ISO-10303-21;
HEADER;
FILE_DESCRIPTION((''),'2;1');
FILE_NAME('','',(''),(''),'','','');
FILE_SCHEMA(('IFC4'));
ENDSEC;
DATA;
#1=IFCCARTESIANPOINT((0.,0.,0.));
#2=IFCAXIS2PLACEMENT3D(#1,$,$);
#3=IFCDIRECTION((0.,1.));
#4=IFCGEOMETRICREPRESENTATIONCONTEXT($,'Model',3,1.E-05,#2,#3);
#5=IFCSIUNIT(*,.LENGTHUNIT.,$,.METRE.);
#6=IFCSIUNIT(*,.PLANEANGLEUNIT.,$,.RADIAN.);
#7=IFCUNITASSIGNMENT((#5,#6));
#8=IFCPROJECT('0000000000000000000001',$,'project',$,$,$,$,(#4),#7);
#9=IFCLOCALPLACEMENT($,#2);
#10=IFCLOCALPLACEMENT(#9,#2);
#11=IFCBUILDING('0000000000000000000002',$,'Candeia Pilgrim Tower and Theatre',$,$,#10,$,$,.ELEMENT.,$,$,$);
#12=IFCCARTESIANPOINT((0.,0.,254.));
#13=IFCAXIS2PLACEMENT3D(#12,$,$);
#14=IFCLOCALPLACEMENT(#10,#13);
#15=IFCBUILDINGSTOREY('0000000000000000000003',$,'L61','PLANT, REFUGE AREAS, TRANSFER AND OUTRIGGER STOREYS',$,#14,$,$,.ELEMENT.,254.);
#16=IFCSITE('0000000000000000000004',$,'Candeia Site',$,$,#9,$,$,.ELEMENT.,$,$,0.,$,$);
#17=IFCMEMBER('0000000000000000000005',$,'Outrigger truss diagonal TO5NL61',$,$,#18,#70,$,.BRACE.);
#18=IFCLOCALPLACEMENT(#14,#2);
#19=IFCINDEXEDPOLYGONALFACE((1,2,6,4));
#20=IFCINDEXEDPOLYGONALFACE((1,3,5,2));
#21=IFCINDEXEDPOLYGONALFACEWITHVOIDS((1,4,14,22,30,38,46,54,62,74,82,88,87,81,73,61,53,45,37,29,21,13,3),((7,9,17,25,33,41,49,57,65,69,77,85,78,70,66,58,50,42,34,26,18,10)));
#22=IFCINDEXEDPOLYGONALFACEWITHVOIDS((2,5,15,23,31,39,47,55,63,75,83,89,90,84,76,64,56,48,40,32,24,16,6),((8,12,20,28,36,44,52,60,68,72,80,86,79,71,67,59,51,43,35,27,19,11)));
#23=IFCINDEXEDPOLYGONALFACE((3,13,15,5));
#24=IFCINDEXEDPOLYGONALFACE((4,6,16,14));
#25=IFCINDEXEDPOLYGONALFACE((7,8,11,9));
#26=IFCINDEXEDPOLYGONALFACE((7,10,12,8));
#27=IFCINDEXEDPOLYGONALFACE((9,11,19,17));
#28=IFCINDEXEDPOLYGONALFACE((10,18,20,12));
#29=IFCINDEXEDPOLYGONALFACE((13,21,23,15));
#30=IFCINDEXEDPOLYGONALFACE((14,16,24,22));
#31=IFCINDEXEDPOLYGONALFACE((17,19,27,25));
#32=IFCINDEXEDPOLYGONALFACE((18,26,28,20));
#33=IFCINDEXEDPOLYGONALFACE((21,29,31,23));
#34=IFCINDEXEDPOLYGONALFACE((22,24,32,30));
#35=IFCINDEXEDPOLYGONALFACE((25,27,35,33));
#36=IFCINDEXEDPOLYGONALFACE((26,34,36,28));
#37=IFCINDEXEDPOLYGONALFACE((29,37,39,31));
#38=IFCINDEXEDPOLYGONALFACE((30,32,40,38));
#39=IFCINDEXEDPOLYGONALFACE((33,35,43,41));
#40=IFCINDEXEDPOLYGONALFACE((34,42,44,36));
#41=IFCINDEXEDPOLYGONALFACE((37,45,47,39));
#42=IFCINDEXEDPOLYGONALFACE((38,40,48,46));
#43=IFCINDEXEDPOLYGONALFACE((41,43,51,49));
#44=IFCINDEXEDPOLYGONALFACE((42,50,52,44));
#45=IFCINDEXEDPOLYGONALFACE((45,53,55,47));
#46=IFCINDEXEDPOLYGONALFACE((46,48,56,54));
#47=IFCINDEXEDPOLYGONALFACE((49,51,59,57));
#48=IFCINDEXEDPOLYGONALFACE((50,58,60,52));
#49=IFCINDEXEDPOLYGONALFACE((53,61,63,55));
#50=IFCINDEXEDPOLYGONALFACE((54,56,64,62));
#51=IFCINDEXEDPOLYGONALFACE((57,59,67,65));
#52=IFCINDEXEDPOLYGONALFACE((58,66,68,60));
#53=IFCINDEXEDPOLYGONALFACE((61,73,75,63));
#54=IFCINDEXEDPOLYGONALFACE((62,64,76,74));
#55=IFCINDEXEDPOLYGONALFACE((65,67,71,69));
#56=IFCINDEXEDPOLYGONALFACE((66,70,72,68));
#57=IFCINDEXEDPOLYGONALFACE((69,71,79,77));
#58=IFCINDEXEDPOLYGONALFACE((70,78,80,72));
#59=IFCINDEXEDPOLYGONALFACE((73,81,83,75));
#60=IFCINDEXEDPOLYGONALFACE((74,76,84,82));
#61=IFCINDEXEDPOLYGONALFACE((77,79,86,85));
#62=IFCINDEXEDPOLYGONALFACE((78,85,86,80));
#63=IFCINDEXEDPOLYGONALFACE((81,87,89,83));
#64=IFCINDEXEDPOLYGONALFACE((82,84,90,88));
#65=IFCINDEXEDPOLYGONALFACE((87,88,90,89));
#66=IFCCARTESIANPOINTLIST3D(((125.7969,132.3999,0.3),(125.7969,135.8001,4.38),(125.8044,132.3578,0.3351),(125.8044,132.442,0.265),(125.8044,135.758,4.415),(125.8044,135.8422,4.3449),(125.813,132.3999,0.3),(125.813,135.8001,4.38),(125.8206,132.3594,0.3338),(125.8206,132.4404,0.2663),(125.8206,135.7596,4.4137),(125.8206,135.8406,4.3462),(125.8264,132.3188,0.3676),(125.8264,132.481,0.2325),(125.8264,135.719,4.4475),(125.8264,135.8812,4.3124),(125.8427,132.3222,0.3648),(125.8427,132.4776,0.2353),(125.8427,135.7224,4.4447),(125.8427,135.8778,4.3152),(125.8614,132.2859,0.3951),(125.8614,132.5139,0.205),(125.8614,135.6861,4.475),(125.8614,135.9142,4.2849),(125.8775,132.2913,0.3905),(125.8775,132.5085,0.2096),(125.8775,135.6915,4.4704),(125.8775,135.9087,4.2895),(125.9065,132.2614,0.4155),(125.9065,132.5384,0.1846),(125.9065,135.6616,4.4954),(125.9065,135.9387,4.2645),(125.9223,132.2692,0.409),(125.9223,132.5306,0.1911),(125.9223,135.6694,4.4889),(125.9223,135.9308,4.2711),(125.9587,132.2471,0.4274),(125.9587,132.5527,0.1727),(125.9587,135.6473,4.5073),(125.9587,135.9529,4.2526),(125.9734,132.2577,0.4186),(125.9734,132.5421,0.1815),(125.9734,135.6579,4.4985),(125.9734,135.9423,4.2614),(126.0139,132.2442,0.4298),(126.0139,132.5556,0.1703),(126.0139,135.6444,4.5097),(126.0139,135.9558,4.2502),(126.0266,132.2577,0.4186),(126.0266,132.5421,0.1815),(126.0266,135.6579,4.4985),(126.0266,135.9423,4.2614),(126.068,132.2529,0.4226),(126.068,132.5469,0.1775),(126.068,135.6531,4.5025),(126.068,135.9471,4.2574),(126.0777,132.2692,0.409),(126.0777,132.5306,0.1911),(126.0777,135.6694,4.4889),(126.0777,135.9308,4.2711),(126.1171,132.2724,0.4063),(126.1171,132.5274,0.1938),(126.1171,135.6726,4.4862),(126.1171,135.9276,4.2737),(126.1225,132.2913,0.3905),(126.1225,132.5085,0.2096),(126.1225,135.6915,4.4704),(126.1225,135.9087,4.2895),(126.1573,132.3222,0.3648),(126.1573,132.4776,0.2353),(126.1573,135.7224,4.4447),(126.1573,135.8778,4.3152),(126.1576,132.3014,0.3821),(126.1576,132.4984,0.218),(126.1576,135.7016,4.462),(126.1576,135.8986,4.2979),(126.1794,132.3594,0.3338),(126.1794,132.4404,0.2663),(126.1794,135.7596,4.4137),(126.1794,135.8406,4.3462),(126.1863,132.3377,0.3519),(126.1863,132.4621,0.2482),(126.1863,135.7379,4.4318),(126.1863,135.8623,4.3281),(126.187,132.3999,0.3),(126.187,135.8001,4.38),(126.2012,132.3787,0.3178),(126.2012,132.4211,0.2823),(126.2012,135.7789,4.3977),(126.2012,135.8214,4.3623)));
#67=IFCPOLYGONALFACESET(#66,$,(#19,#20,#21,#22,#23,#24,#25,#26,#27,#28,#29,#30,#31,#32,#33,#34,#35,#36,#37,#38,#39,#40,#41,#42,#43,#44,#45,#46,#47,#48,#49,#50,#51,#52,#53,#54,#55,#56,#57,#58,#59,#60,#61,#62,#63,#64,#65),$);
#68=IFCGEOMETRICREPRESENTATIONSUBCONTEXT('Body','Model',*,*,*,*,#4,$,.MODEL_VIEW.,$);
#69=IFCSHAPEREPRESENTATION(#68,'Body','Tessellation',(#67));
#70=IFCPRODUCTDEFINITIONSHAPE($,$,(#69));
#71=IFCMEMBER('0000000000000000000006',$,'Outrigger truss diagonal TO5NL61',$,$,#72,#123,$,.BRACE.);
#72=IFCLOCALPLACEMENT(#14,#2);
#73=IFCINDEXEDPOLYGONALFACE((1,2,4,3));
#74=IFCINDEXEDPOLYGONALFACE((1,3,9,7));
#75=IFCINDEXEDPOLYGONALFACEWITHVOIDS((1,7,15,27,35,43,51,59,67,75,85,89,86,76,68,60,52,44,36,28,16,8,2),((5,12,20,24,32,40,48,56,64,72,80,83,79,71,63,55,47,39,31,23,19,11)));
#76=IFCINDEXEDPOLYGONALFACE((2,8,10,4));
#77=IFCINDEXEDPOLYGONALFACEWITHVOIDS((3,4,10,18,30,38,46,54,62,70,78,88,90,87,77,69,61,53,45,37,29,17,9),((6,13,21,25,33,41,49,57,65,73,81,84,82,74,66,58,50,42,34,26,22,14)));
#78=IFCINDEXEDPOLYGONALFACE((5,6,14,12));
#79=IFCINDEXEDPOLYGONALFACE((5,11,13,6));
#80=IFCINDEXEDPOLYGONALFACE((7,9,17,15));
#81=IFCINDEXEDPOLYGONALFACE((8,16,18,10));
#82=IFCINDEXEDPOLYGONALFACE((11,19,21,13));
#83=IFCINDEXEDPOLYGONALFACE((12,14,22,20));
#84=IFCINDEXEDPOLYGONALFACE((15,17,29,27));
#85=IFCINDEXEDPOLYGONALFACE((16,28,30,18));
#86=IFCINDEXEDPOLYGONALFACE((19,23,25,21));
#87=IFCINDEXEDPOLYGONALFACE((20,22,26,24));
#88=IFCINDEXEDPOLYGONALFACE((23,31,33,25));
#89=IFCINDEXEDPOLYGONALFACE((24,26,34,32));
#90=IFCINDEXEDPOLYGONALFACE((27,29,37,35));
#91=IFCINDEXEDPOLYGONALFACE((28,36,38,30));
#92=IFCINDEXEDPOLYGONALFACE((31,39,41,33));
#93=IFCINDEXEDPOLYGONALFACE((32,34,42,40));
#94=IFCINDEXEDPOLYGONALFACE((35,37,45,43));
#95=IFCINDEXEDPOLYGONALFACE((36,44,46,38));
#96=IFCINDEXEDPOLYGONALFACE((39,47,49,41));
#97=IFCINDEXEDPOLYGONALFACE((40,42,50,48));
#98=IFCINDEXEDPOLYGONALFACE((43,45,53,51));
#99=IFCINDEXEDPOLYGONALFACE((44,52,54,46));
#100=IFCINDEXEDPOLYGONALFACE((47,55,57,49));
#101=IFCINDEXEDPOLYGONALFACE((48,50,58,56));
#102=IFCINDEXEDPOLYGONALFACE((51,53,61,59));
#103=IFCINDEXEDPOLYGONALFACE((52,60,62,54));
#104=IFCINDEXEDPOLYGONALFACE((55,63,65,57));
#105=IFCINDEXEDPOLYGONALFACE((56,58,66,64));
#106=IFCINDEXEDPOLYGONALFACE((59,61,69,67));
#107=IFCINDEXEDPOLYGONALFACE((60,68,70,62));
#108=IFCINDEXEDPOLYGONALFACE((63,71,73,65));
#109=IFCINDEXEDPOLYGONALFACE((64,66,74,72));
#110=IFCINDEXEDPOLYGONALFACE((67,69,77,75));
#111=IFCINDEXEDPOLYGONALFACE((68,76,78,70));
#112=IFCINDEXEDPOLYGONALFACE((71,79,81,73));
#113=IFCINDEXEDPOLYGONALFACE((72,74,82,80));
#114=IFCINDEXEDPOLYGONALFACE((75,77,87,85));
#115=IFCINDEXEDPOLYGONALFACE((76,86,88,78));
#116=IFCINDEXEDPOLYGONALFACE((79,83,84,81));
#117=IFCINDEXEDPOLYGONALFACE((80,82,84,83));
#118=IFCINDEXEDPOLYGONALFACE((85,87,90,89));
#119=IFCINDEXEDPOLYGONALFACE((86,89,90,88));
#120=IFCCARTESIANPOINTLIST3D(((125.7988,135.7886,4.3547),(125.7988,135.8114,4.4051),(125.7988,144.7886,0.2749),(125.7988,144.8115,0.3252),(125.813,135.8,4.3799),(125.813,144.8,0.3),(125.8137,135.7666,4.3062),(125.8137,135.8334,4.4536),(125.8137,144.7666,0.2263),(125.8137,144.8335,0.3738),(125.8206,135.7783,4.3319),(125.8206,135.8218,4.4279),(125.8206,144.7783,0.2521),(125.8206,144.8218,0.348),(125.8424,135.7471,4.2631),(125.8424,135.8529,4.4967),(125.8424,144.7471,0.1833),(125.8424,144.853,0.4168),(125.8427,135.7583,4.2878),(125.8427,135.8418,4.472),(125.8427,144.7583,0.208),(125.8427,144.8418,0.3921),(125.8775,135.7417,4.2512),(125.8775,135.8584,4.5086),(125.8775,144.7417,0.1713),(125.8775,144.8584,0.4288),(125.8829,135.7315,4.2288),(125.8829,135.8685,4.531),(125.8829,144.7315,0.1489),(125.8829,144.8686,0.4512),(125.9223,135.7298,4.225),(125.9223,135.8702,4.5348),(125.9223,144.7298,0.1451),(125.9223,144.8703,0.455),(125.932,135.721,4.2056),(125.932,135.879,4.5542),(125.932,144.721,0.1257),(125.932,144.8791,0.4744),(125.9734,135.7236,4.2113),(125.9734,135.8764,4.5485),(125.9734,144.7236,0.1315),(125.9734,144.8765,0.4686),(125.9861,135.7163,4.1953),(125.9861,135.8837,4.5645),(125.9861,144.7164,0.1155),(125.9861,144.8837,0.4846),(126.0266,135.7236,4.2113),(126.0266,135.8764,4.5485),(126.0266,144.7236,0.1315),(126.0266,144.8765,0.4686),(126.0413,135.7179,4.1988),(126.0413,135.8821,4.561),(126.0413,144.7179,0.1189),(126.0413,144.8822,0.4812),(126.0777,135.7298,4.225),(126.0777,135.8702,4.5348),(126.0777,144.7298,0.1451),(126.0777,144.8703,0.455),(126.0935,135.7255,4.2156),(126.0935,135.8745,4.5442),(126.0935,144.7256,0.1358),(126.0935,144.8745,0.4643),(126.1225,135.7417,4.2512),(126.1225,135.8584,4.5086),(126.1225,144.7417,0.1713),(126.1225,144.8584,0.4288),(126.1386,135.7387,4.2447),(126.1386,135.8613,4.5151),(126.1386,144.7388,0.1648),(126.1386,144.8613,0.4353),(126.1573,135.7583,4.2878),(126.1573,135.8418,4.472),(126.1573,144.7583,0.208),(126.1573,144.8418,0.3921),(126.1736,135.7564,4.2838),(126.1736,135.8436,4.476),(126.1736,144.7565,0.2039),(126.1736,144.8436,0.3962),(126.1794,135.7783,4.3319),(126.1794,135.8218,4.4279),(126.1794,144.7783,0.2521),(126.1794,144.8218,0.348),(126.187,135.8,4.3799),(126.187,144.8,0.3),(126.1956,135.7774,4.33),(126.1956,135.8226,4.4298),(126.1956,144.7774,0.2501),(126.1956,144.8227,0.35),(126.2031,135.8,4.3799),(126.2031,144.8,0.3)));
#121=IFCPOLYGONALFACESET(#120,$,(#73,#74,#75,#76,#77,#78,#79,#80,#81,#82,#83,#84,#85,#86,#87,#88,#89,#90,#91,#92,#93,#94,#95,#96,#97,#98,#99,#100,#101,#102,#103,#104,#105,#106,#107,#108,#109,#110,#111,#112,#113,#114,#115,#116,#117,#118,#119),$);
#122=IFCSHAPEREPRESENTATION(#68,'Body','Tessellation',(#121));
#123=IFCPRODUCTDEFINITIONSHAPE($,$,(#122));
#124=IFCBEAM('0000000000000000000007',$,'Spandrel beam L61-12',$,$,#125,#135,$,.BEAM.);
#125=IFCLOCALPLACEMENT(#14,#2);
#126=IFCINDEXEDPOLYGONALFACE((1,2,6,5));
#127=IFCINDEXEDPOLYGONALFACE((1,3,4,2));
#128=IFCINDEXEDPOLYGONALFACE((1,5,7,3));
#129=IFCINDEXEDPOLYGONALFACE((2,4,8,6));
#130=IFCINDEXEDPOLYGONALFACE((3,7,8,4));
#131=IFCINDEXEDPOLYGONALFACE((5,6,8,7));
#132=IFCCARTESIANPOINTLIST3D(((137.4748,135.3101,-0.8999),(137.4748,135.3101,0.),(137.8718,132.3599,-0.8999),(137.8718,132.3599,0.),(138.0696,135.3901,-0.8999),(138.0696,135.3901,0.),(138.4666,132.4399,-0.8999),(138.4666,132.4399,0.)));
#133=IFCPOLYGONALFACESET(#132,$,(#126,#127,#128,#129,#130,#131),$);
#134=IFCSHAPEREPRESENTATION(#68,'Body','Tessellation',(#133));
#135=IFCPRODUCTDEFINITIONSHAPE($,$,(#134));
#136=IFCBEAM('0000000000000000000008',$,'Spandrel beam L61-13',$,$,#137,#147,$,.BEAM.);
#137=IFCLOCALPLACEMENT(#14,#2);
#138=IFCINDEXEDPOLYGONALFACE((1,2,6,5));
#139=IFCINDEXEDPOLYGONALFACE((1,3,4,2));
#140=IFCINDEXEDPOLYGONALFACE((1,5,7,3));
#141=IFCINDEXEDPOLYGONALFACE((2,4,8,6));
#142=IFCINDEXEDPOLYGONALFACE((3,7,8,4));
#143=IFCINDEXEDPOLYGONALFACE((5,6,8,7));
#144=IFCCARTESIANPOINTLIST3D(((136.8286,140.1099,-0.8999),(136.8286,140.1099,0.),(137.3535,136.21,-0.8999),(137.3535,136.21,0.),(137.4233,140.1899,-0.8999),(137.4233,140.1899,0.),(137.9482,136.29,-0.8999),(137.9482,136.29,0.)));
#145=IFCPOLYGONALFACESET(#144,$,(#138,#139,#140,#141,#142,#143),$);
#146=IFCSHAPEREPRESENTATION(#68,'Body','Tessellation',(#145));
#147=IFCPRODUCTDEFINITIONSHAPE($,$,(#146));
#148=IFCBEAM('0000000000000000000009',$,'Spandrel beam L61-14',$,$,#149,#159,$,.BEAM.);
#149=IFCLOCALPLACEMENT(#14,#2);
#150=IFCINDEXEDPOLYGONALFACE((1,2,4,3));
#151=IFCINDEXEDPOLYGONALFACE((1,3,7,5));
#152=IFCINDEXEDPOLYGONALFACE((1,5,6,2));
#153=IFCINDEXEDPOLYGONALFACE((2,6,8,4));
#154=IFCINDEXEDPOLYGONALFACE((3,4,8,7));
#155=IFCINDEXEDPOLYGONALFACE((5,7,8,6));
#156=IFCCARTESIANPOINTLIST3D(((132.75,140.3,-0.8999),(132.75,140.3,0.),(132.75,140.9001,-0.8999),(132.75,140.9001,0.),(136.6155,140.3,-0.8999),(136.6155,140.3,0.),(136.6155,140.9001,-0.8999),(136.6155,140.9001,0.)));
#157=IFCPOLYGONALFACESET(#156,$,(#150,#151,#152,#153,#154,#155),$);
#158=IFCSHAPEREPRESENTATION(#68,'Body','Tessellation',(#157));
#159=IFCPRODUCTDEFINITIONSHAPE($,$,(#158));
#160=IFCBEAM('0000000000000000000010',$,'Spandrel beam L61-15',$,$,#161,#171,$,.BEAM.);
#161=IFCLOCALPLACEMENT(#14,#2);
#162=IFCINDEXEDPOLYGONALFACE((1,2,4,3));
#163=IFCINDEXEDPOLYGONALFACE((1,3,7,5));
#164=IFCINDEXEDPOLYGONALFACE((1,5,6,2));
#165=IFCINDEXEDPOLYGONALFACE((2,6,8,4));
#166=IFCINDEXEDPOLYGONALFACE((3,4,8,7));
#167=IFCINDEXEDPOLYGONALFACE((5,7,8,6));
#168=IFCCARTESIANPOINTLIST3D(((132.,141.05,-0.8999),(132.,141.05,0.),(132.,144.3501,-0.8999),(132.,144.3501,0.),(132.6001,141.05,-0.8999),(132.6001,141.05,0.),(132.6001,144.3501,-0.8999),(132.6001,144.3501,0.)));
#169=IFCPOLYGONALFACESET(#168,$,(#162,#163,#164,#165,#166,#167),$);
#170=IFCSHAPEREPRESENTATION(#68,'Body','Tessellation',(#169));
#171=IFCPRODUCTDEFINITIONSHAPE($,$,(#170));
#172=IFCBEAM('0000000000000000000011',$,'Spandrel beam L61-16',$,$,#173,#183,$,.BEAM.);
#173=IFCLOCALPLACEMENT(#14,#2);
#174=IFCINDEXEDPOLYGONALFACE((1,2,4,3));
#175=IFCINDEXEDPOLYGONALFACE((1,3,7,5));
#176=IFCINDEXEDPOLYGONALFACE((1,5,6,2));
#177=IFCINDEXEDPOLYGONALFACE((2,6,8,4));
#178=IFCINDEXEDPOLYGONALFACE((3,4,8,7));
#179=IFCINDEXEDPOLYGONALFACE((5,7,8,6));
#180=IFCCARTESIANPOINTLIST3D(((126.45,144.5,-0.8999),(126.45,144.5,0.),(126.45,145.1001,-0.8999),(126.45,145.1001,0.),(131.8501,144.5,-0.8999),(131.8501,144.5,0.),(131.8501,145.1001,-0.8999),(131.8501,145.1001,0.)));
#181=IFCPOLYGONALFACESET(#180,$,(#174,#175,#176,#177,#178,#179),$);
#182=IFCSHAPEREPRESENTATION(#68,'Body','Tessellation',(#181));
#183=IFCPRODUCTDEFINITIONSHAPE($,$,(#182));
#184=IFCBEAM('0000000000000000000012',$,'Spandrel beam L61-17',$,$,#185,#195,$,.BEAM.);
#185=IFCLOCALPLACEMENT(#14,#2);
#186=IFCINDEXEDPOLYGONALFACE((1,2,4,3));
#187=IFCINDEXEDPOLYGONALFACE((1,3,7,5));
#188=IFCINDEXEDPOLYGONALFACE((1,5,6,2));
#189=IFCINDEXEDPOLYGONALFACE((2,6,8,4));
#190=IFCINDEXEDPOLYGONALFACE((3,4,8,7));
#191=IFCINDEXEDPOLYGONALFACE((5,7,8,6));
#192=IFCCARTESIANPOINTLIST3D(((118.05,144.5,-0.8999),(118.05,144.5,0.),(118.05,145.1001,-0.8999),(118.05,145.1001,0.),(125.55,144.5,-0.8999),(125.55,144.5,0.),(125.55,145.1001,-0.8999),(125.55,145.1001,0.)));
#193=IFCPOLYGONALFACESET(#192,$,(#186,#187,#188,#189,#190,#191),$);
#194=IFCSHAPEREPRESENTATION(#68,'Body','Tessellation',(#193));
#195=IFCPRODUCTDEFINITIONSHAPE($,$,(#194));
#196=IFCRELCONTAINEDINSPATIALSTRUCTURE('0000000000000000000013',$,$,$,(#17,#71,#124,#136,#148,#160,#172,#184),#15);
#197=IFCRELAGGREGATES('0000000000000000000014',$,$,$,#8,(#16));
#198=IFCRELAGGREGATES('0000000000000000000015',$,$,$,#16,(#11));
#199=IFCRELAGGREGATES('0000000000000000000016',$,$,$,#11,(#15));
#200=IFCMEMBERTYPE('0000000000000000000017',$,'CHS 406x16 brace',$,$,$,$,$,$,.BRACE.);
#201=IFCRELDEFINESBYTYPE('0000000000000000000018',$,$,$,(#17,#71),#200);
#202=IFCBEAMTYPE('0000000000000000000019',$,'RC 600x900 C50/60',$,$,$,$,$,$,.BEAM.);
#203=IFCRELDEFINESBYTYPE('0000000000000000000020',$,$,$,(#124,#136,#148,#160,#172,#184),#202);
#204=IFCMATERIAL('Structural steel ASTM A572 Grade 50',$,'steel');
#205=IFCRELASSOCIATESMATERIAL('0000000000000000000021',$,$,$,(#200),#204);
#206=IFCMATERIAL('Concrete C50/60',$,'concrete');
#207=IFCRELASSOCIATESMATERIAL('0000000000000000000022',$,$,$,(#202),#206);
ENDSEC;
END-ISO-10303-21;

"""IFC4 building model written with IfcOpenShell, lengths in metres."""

from ifc_helpers import new_model, si_unit, direction, frame, origin, origin_2d, place, context, subcontext, project, spatial, rectangle, hollow_circle, extrude, material, material_profile, profile_set, type_object, element, save


model = new_model("IFC4")

# Units and contexts
model_context = context("Model", 3, precision=1e-05, world=origin(), true_north=direction((0.0, 1.0)))
body_context = subcontext(model_context, "Body", "Model", "MODEL_VIEW")
ifc_project = project(units=[si_unit("LENGTHUNIT", "METRE"), si_unit("PLANEANGLEUNIT", "RADIAN")], contexts=[model_context])

# Site, building, storey
site_placement = place(None, origin())
site = spatial("IfcSite", under=ifc_project, at=site_placement, Name="Candeia Site", CompositionType="ELEMENT", RefElevation=0.0)
building_placement = place(site_placement, origin())
building = spatial("IfcBuilding", under=site, at=building_placement, Name="Candeia Pilgrim Tower and Theatre", CompositionType="ELEMENT")
storey_placement = place(building_placement, frame((0.0, 0.0, 254.0)))
storey = spatial("IfcBuildingStorey", under=building, at=storey_placement, Name="L61", Description="PLANT, REFUGE AREAS, TRANSFER AND OUTRIGGER STOREYS", CompositionType="ELEMENT", Elevation=254.0)

# Shared definitions
ifc_material_1 = material(Name="Concrete C50/60", Category="concrete")

# Members
ifc_material_2 = material(Name="Structural steel ASTM A572 Grade 50", Category="steel")
ifc_material_profile_1 = material_profile(ifc_material_2, hollow_circle(Radius=0.2031, WallThickness=0.0161, at=origin_2d()))
ifc_profile_set_1 = profile_set([ifc_material_profile_1], Name="Structural steel ASTM A572 Grade 50")
member_type_1 = type_object("IfcMemberType", Name="CHS 406x16 brace", PredefinedType="BRACE", material=ifc_profile_set_1)
member_1_placement = place(storey_placement, frame((126.0, 132.3999, 0.3), z_axis=(0.0, 0.640216, 0.768195), x_axis=(-1.0, 0.0, 0.0)))
element("IfcMember", 1, at=member_1_placement, inside=storey, type_object=member_type_1, Name="Outrigger truss diagonal TO5NL61", PredefinedType="BRACE", context=body_context, shape_type="SweptSolid", body=[
    extrude(hollow_circle(Radius=0.2031, WallThickness=0.0161, at=origin_2d()), origin(), (0.0, 0.0, 1.0), 5.311),
])
member_2_placement = place(storey_placement, frame((126.0, 144.8, 0.3), z_axis=(0.0, -0.910788, 0.412874), x_axis=(1.0, 0.0, 0.0)))
element("IfcMember", 2, at=member_2_placement, inside=storey, type_object=member_type_1, Name="Outrigger truss diagonal TO5NL61", PredefinedType="BRACE", context=body_context, shape_type="SweptSolid", body=[
    extrude(hollow_circle(Radius=0.2031, WallThickness=0.0161, at=origin_2d()), origin(), (0.0, 0.0, 1.0), 9.8816),
])

# Beams
ifc_material_profile_2 = material_profile(ifc_material_1, rectangle(XDim=0.6001, YDim=0.8999, at=origin_2d()))
ifc_profile_set_2 = profile_set([ifc_material_profile_2], Name="Concrete C50/60")
beam_type = type_object("IfcBeamType", Name="RC 600x900 C50/60", PredefinedType="BEAM", material=ifc_profile_set_2)
beam_1_placement = place(storey_placement, frame((138.1692, 132.3999, -0.45), z_axis=(-0.133356, 0.991068, 0.0), x_axis=(-0.991068, -0.133356, 0.0)))
element("IfcBeam", 3, at=beam_1_placement, inside=storey, type_object=beam_type, Name="Spandrel beam L61-12", PredefinedType="BEAM", context=body_context, shape_type="SweptSolid", body=[
    extrude(rectangle(XDim=0.6001, YDim=0.8999, at=origin_2d()), origin(), (0.0, 0.0, 1.0), 2.9768),
])
beam_2_placement = place(storey_placement, frame((137.6509, 136.25, -0.45), z_axis=(-0.133391, 0.991064, 0.0), x_axis=(-0.991064, -0.133391, 0.0)))
element("IfcBeam", 4, at=beam_2_placement, inside=storey, type_object=beam_type, Name="Spandrel beam L61-13", PredefinedType="BEAM", context=body_context, shape_type="SweptSolid", body=[
    extrude(rectangle(XDim=0.6001, YDim=0.8999, at=origin_2d()), origin(), (0.0, 0.0, 1.0), 3.9351),
])
beam_3_placement = place(storey_placement, frame((136.6155, 140.6001, -0.45), z_axis=(-1.0, 0.0, 0.0), x_axis=(0.0, -1.0, 0.0)))
element("IfcBeam", 5, at=beam_3_placement, inside=storey, type_object=beam_type, Name="Spandrel beam L61-14", PredefinedType="BEAM", context=body_context, shape_type="SweptSolid", body=[
    extrude(rectangle(XDim=0.6001, YDim=0.8999, at=origin_2d()), origin(), (0.0, 0.0, 1.0), 3.8655),
])
beam_4_placement = place(storey_placement, frame((132.3, 141.05, -0.45), z_axis=(0.0, 1.0, 0.0), x_axis=(-1.0, 0.0, 0.0)))
element("IfcBeam", 6, at=beam_4_placement, inside=storey, type_object=beam_type, Name="Spandrel beam L61-15", PredefinedType="BEAM", context=body_context, shape_type="SweptSolid", body=[
    extrude(rectangle(XDim=0.6001, YDim=0.8999, at=origin_2d()), origin(), (0.0, 0.0, 1.0), 3.3),
])
beam_5_placement = place(storey_placement, frame((131.8501, 144.8, -0.45), z_axis=(-1.0, 0.0, 0.0), x_axis=(0.0, -1.0, 0.0)))
element("IfcBeam", 7, at=beam_5_placement, inside=storey, type_object=beam_type, Name="Spandrel beam L61-16", PredefinedType="BEAM", context=body_context, shape_type="SweptSolid", body=[
    extrude(rectangle(XDim=0.6001, YDim=0.8999, at=origin_2d()), origin(), (0.0, 0.0, 1.0), 5.4001),
])
for number, where, z_axis, x_axis, name in (
    (8, (125.55, 144.8, -0.45), (-1.0, 0.0, 0.0), (0.0, -1.0, 0.0), "Spandrel beam L61-17"),
):
    element("IfcBeam", number, at=place(storey_placement, frame(where, z_axis=z_axis, x_axis=x_axis)), inside=storey, type_object=beam_type, Name=name, PredefinedType="BEAM", context=body_context, shape_type="SweptSolid", body=[
        extrude(rectangle(XDim=0.6001, YDim=0.8999, at=origin_2d()), origin(), (0.0, 0.0, 1.0), 7.5),
    ])

save(model, "model.ifc")
